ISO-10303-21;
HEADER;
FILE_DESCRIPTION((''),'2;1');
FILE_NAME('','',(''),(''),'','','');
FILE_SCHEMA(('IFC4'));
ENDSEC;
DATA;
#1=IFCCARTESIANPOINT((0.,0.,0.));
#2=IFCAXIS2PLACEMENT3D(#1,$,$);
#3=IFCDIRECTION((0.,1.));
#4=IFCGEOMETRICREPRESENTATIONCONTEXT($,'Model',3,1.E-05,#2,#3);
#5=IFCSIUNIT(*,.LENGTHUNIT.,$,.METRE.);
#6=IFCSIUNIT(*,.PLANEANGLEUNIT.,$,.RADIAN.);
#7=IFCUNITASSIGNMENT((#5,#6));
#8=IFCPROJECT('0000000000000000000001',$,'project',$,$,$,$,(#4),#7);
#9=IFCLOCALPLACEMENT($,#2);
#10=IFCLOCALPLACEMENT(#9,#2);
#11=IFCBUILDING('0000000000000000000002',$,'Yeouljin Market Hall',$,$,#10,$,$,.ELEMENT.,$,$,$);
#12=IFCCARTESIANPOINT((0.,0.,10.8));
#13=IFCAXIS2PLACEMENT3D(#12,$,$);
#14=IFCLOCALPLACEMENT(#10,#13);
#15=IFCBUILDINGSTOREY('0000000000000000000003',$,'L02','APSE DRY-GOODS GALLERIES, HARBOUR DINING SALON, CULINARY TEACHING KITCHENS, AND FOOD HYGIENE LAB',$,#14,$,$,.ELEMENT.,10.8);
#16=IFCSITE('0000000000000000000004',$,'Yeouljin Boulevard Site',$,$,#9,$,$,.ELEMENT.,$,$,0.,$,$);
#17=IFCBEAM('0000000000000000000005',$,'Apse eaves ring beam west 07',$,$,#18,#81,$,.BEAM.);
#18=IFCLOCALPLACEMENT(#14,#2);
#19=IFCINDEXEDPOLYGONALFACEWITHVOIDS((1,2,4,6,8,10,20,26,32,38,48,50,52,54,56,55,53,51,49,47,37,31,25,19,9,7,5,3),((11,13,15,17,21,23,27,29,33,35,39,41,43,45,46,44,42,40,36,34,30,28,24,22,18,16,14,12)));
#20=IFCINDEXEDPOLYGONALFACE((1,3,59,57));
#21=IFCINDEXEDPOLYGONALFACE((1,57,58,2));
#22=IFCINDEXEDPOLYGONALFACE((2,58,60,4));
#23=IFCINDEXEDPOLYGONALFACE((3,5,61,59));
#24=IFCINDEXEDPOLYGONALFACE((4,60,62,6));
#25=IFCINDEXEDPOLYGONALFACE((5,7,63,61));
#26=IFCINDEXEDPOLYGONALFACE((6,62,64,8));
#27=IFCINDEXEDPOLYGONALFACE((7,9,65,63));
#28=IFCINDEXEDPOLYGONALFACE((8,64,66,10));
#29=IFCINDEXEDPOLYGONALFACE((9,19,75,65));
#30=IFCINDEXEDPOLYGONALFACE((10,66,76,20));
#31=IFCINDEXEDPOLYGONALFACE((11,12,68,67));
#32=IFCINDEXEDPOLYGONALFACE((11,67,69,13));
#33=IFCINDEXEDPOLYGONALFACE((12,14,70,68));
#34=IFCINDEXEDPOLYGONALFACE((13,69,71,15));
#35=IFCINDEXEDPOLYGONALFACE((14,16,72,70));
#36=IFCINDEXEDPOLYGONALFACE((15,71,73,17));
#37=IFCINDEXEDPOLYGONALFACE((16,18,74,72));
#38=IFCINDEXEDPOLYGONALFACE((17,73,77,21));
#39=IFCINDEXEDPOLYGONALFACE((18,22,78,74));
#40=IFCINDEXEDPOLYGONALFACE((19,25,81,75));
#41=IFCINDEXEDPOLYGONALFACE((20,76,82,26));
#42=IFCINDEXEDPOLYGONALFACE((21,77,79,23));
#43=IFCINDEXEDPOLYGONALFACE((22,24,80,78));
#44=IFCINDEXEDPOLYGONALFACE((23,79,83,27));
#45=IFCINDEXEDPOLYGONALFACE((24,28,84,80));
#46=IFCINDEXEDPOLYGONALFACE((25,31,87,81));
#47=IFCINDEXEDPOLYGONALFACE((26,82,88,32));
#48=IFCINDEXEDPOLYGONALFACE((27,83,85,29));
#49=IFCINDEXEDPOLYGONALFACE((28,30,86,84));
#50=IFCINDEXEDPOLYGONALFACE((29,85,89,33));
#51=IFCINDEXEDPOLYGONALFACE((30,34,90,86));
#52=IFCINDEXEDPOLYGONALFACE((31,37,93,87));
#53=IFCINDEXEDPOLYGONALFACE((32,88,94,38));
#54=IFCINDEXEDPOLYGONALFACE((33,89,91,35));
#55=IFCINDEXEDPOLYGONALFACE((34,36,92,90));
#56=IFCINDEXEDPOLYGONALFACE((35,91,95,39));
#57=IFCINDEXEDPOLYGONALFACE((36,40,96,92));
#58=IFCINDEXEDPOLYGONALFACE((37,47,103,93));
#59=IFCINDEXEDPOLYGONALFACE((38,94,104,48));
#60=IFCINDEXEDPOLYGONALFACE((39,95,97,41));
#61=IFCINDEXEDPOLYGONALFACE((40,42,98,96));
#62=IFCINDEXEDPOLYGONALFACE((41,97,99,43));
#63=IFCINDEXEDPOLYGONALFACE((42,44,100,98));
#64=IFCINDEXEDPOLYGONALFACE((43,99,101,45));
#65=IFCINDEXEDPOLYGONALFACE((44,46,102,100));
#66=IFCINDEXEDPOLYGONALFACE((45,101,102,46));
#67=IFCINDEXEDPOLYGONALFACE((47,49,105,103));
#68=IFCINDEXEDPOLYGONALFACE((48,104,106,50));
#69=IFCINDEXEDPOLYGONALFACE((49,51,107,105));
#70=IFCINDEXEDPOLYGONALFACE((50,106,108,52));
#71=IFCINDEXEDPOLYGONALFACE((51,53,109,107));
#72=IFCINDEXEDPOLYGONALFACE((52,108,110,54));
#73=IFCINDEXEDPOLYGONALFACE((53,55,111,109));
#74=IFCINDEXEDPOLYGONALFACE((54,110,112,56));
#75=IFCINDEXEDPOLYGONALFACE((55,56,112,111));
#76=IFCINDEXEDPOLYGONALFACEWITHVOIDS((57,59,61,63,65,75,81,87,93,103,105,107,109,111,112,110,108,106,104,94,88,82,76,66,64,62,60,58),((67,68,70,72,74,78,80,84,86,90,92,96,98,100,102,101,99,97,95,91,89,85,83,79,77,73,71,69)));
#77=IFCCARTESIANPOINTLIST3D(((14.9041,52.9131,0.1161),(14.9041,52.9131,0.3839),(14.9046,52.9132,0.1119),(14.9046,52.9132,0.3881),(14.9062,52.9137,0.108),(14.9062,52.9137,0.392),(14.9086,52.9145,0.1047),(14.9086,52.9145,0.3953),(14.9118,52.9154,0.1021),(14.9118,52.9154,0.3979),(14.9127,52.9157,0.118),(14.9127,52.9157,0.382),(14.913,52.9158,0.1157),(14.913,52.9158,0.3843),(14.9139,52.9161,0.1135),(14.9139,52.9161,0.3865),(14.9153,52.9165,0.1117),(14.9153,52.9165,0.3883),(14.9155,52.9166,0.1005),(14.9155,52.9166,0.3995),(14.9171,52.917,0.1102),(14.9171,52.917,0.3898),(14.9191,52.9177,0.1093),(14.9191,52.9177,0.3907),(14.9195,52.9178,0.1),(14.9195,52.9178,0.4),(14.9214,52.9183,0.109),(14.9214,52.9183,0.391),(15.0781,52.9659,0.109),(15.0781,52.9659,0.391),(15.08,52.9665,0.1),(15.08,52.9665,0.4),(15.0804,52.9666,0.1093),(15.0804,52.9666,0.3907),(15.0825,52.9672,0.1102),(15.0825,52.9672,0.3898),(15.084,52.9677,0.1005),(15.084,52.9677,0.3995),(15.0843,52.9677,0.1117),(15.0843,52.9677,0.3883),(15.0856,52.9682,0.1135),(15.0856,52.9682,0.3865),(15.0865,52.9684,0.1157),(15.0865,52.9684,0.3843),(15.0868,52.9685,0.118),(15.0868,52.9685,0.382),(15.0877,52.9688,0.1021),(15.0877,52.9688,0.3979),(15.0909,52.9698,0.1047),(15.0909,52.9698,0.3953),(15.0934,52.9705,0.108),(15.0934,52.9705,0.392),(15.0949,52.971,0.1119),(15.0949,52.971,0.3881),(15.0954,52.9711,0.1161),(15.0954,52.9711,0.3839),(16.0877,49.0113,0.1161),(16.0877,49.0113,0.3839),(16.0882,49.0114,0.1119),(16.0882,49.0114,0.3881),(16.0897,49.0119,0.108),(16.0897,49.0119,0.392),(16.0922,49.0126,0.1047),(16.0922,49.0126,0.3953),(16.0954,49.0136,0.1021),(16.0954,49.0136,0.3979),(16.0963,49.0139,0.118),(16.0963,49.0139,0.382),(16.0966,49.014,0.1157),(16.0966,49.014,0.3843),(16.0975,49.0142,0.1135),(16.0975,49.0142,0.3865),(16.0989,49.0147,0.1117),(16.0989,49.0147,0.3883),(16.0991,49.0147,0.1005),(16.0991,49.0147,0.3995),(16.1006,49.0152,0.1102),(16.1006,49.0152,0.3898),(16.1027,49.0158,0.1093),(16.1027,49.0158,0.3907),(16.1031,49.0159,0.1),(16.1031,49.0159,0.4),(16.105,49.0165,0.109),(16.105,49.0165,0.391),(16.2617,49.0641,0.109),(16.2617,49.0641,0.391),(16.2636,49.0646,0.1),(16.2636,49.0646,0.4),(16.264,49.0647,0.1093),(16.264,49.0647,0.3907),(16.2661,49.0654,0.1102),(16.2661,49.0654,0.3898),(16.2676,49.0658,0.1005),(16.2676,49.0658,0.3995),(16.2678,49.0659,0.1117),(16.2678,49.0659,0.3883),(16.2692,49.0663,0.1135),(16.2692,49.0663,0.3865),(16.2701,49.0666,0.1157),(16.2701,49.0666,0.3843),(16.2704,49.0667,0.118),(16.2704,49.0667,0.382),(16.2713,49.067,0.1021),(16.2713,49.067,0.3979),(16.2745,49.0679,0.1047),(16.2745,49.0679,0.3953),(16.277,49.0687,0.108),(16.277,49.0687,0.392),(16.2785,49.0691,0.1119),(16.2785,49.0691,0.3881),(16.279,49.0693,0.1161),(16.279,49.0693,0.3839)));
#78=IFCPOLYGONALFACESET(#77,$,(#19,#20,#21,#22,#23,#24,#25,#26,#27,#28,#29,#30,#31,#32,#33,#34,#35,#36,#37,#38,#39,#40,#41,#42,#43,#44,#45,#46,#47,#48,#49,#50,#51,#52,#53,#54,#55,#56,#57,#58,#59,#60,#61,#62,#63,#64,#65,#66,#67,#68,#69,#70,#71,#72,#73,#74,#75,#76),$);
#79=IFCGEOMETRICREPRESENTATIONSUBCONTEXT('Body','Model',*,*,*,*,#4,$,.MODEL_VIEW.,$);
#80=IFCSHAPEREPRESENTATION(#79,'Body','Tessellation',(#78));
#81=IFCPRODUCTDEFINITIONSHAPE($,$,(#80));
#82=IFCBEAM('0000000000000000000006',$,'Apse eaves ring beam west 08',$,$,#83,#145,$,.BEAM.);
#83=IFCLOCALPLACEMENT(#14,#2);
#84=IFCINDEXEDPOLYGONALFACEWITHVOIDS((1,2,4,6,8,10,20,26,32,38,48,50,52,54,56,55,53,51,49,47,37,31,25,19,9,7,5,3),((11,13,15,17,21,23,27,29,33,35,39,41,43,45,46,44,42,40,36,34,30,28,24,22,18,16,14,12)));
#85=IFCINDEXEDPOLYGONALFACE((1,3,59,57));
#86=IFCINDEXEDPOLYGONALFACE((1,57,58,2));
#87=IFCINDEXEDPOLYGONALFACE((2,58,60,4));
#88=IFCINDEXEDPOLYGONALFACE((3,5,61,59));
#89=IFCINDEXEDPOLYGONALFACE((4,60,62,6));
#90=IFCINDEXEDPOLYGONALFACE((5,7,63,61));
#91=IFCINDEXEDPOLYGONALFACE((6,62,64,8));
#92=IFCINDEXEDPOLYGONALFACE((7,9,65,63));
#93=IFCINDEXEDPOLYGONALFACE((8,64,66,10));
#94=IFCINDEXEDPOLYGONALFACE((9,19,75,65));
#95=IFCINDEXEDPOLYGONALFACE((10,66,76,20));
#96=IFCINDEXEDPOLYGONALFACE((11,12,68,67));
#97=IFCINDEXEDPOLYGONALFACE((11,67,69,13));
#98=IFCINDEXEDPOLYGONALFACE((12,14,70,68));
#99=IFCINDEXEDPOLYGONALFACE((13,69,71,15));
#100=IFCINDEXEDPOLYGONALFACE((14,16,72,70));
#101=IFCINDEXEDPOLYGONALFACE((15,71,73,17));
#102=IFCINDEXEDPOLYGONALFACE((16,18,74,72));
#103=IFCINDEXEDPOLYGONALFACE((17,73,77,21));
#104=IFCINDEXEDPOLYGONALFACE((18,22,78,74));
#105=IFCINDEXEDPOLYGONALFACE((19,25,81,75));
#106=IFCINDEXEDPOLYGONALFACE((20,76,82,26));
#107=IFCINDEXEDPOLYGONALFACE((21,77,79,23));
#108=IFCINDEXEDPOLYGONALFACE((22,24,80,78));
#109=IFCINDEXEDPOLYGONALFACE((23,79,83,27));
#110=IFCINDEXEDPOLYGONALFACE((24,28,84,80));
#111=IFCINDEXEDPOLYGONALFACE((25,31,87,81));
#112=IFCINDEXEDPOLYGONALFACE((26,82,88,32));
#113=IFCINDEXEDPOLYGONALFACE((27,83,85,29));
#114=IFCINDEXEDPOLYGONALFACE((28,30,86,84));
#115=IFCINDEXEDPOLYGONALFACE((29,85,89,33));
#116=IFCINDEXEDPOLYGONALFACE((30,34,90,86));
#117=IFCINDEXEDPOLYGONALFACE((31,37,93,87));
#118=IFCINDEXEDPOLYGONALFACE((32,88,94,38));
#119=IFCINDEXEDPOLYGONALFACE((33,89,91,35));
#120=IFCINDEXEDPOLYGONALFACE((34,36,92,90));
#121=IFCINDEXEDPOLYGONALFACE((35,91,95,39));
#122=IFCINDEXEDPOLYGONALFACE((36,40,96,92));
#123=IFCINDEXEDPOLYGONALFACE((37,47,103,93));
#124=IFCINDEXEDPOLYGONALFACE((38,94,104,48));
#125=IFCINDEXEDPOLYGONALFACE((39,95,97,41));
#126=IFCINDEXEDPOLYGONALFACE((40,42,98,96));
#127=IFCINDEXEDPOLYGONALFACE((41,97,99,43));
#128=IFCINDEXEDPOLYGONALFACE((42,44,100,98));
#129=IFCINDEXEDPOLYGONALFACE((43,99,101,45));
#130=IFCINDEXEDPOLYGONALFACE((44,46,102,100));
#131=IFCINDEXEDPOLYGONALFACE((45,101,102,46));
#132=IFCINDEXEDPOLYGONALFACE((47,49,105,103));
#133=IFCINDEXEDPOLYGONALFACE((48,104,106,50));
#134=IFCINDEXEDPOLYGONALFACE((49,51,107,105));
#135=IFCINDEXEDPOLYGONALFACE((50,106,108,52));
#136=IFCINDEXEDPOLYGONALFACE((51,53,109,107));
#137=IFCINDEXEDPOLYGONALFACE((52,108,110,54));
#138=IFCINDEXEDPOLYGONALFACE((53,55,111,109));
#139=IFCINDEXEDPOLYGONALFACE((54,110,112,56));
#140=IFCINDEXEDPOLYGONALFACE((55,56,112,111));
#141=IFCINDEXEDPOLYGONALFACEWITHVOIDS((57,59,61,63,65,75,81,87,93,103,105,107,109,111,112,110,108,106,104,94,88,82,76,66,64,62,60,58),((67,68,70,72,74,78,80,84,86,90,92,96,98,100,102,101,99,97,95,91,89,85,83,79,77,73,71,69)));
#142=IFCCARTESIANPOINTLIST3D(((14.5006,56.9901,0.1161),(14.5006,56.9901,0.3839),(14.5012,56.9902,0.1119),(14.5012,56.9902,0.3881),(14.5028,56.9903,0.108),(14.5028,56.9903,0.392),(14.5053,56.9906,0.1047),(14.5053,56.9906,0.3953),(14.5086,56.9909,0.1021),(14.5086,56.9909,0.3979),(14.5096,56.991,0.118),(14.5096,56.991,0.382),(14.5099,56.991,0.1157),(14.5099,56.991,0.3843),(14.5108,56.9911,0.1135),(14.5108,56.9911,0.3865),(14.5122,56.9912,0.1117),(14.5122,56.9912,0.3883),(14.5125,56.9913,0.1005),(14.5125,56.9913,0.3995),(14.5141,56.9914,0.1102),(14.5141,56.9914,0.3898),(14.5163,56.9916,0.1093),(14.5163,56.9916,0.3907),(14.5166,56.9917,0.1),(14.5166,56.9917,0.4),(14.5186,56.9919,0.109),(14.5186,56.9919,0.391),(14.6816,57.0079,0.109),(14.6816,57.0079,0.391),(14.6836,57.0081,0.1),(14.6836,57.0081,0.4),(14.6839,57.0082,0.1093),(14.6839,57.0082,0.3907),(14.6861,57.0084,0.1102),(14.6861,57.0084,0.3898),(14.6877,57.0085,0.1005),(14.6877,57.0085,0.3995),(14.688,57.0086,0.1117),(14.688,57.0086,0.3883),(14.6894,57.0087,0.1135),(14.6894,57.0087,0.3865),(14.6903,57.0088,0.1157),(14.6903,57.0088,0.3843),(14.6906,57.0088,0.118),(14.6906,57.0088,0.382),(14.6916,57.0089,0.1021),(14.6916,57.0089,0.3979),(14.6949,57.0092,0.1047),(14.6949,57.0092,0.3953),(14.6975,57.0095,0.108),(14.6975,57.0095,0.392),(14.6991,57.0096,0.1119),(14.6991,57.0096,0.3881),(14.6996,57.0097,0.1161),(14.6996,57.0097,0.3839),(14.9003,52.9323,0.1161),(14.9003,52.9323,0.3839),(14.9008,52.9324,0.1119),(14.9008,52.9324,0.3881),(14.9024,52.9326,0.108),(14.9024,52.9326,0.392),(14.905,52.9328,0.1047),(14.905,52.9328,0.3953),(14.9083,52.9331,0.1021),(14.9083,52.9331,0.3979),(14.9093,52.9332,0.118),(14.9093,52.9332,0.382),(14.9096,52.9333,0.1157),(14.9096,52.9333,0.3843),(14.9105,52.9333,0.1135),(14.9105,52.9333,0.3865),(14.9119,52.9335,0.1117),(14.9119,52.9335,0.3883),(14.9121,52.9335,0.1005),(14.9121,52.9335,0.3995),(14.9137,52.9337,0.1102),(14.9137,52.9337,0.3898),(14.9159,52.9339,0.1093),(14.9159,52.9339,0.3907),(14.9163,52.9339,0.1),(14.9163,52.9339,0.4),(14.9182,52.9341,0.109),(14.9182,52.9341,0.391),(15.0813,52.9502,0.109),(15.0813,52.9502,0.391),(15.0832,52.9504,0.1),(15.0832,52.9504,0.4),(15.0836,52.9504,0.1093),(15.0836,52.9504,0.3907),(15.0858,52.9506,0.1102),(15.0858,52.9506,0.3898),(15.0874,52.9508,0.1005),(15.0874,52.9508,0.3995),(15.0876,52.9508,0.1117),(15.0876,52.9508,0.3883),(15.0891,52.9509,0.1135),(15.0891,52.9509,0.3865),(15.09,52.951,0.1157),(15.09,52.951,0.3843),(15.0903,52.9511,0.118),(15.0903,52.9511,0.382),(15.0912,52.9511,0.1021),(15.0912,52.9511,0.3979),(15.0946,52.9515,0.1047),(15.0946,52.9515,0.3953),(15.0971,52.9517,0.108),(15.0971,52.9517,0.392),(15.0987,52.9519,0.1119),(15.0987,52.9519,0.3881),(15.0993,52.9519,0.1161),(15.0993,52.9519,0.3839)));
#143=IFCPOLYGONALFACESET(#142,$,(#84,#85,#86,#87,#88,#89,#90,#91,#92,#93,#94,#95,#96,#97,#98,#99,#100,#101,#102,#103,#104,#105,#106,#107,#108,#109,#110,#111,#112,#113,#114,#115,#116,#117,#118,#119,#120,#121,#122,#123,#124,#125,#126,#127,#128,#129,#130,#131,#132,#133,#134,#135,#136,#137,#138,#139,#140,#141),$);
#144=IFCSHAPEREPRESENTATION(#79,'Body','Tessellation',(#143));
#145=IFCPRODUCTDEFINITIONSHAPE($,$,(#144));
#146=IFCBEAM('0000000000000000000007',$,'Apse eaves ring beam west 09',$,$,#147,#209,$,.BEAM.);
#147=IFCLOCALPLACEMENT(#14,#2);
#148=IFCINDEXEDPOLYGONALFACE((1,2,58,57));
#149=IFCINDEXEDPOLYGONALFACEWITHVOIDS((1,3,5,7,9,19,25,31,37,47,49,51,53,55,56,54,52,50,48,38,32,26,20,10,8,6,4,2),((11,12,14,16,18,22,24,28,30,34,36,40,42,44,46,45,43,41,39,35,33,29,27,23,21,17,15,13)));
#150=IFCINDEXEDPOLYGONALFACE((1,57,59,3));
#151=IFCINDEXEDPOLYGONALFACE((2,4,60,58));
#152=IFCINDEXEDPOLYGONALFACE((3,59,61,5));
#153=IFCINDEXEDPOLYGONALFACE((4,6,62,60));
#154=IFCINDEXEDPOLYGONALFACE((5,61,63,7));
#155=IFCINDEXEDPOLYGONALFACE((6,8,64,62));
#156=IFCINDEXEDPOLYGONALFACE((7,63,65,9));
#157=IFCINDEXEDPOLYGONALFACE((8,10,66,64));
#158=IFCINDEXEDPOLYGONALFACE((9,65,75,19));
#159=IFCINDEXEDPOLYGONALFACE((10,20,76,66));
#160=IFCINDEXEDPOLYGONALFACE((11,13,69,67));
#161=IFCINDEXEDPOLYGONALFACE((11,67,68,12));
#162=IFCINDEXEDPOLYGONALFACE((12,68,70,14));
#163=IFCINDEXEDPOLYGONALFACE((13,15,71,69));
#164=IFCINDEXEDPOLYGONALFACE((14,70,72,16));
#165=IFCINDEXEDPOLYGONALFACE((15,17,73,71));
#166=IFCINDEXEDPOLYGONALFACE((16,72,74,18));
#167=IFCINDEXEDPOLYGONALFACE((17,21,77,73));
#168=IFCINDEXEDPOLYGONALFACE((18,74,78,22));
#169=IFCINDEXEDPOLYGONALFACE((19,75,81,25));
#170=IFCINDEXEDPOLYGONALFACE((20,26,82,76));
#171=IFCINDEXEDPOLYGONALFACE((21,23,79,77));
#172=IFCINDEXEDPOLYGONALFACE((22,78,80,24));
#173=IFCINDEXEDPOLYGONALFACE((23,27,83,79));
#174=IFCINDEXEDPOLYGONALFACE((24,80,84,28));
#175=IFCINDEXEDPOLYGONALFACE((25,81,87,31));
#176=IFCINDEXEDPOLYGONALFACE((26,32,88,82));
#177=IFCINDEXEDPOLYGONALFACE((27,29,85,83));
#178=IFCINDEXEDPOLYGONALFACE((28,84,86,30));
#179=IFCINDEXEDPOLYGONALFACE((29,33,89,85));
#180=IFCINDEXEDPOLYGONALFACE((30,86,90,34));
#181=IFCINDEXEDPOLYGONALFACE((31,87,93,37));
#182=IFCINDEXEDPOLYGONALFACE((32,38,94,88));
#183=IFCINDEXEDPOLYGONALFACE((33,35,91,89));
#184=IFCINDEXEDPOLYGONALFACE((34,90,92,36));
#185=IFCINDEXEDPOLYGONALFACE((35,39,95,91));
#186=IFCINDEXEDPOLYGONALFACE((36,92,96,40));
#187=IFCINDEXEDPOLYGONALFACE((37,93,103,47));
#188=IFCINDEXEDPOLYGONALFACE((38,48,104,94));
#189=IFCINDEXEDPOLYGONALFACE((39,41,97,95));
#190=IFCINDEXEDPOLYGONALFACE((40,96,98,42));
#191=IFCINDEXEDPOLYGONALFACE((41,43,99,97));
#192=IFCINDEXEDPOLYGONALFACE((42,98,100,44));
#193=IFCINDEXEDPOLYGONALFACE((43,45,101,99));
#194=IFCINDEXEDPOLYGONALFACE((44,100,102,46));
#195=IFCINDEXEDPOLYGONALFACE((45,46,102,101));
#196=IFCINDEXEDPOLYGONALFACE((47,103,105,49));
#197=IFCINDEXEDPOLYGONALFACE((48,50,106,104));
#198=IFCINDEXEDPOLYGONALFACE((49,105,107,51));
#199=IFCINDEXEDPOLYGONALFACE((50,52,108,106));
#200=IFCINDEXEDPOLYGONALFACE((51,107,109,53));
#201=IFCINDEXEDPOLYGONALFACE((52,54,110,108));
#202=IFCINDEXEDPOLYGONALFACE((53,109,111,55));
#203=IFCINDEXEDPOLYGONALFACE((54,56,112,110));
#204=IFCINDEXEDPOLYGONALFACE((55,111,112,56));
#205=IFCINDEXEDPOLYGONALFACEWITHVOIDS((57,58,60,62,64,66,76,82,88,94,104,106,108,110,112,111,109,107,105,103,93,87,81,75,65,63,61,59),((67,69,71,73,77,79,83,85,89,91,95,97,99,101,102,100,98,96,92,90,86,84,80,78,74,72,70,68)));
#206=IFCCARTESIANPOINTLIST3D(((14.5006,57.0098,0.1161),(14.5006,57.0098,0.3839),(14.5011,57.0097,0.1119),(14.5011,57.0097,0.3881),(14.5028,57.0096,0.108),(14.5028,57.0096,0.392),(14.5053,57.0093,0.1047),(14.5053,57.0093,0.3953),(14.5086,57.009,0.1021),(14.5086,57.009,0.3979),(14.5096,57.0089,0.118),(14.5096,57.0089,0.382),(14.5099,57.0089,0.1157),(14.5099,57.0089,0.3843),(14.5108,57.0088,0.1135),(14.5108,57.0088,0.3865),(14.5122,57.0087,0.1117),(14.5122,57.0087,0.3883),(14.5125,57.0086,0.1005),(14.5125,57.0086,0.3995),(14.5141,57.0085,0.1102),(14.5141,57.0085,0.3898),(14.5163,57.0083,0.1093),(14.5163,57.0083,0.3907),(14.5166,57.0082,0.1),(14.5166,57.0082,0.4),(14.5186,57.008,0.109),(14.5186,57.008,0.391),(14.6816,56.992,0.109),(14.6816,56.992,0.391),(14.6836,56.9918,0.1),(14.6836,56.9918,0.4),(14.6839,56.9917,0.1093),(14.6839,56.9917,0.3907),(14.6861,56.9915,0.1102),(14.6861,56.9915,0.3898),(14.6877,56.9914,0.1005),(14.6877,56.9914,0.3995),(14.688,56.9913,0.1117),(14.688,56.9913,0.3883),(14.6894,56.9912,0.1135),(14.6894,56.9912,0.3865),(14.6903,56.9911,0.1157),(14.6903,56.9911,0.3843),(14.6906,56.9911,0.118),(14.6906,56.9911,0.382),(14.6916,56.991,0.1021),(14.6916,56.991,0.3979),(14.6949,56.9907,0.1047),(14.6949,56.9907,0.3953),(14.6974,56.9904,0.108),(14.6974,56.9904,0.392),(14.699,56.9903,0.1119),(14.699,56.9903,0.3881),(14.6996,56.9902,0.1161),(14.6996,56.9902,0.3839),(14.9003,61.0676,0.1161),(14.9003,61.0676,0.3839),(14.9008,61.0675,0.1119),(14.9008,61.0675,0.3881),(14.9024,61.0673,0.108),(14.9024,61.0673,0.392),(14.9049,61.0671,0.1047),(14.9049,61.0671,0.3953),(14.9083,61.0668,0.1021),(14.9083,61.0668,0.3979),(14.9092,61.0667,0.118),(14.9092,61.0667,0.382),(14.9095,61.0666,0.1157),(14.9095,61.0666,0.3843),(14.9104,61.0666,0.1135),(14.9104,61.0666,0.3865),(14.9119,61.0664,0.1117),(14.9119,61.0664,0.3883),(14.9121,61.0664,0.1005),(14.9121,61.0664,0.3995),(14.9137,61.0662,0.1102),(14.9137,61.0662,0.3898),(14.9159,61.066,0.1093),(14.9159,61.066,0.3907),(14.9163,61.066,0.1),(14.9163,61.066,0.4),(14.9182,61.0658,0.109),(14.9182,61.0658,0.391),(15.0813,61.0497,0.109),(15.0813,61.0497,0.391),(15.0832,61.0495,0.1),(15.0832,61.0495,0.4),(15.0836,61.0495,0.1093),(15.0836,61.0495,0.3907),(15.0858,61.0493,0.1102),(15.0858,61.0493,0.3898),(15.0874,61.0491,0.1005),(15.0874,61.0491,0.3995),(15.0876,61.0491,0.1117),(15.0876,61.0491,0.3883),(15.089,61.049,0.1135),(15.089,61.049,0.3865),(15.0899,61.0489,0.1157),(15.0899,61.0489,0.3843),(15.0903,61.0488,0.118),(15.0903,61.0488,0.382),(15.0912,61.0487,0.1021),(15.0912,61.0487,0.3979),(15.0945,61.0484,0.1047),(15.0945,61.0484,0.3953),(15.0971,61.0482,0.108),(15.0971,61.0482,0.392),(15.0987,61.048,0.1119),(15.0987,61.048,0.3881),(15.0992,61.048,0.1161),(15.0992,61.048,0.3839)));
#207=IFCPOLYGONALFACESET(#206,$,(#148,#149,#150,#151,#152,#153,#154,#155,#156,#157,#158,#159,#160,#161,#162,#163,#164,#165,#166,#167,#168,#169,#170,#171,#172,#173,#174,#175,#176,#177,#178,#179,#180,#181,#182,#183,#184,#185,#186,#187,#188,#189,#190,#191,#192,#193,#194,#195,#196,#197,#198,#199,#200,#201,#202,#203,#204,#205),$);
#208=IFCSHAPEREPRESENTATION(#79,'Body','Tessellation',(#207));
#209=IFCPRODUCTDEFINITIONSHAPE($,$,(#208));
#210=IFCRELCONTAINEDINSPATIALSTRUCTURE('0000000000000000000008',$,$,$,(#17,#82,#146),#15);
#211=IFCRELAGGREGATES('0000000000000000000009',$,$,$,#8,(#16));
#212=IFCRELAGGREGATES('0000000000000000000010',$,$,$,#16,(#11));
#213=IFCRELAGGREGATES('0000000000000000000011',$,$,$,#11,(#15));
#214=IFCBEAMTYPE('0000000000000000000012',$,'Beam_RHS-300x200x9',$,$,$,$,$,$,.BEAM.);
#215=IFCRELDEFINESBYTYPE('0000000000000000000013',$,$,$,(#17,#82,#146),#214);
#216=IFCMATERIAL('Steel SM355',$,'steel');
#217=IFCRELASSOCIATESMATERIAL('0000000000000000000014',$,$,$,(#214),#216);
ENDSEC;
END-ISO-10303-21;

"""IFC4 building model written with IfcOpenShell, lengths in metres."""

from ifc_helpers import new_model, si_unit, direction, frame, origin, origin_2d, place, context, subcontext, project, spatial, hollow_rectangle, extrude, material, material_profile, profile_set, type_object, element, save


model = new_model("IFC4")

# Units and contexts
model_context = context("Model", 3, precision=1e-05, world=origin(), true_north=direction((0.0, 1.0)))
body_context = subcontext(model_context, "Body", "Model", "MODEL_VIEW")
ifc_project = project(units=[si_unit("LENGTHUNIT", "METRE"), si_unit("PLANEANGLEUNIT", "RADIAN")], contexts=[model_context])

# Site, building, storey
site_placement = place(None, origin())
site = spatial("IfcSite", under=ifc_project, at=site_placement, Name="Yeouljin Boulevard Site", CompositionType="ELEMENT", RefElevation=0.0)
building_placement = place(site_placement, origin())
building = spatial("IfcBuilding", under=site, at=building_placement, Name="Yeouljin Market Hall", CompositionType="ELEMENT")
storey_placement = place(building_placement, frame((0.0, 0.0, 10.8)))
storey = spatial("IfcBuildingStorey", under=building, at=storey_placement, Name="L02", Description="APSE DRY-GOODS GALLERIES, HARBOUR DINING SALON, CULINARY TEACHING KITCHENS, AND FOOD HYGIENE LAB", CompositionType="ELEMENT", Elevation=10.8)

# Beams
ifc_material_1 = material(Name="Steel SM355", Category="steel")
ifc_material_profile_1 = material_profile(ifc_material_1, hollow_rectangle(XDim=0.2, YDim=0.3, WallThickness=0.009, InnerFilletRadius=0.009, OuterFilletRadius=0.0161, at=origin_2d()), Name="RHS-300x200x9")
ifc_profile_set_1 = profile_set([ifc_material_profile_1], Name="Steel SM355")
beam_type_1 = type_object("IfcBeamType", Name="Beam_RHS-300x200x9", PredefinedType="BEAM", material=ifc_profile_set_1)
for number, where, z_axis, x_axis, name in (
    (1, (16.1833, 49.0403, 0.25), (-0.29028, 0.956942, 0.0), (-0.956942, -0.29028, 0.0), "Apse eaves ring beam west 07"),
    (2, (14.9998, 52.9421, 0.25), (-0.098016, 0.995185, 0.0), (-0.995185, -0.098016, 0.0), "Apse eaves ring beam west 08"),
    (3, (14.6001, 57.0, 0.25), (0.098016, 0.995185, 0.0), (-0.995185, 0.098016, 0.0), "Apse eaves ring beam west 09"),
):
    element("IfcBeam", number, at=place(storey_placement, frame(where, z_axis=z_axis, x_axis=x_axis)), inside=storey, type_object=beam_type_1, Name=name, PredefinedType="BEAM", context=body_context, shape_type="SweptSolid", body=[
        extrude(hollow_rectangle(XDim=0.2, YDim=0.3, WallThickness=0.009, InnerFilletRadius=0.009, OuterFilletRadius=0.0161, at=origin_2d()), origin(), (0.0, 0.0, 1.0), 4.0774),
    ])

save(model, "model.ifc")
